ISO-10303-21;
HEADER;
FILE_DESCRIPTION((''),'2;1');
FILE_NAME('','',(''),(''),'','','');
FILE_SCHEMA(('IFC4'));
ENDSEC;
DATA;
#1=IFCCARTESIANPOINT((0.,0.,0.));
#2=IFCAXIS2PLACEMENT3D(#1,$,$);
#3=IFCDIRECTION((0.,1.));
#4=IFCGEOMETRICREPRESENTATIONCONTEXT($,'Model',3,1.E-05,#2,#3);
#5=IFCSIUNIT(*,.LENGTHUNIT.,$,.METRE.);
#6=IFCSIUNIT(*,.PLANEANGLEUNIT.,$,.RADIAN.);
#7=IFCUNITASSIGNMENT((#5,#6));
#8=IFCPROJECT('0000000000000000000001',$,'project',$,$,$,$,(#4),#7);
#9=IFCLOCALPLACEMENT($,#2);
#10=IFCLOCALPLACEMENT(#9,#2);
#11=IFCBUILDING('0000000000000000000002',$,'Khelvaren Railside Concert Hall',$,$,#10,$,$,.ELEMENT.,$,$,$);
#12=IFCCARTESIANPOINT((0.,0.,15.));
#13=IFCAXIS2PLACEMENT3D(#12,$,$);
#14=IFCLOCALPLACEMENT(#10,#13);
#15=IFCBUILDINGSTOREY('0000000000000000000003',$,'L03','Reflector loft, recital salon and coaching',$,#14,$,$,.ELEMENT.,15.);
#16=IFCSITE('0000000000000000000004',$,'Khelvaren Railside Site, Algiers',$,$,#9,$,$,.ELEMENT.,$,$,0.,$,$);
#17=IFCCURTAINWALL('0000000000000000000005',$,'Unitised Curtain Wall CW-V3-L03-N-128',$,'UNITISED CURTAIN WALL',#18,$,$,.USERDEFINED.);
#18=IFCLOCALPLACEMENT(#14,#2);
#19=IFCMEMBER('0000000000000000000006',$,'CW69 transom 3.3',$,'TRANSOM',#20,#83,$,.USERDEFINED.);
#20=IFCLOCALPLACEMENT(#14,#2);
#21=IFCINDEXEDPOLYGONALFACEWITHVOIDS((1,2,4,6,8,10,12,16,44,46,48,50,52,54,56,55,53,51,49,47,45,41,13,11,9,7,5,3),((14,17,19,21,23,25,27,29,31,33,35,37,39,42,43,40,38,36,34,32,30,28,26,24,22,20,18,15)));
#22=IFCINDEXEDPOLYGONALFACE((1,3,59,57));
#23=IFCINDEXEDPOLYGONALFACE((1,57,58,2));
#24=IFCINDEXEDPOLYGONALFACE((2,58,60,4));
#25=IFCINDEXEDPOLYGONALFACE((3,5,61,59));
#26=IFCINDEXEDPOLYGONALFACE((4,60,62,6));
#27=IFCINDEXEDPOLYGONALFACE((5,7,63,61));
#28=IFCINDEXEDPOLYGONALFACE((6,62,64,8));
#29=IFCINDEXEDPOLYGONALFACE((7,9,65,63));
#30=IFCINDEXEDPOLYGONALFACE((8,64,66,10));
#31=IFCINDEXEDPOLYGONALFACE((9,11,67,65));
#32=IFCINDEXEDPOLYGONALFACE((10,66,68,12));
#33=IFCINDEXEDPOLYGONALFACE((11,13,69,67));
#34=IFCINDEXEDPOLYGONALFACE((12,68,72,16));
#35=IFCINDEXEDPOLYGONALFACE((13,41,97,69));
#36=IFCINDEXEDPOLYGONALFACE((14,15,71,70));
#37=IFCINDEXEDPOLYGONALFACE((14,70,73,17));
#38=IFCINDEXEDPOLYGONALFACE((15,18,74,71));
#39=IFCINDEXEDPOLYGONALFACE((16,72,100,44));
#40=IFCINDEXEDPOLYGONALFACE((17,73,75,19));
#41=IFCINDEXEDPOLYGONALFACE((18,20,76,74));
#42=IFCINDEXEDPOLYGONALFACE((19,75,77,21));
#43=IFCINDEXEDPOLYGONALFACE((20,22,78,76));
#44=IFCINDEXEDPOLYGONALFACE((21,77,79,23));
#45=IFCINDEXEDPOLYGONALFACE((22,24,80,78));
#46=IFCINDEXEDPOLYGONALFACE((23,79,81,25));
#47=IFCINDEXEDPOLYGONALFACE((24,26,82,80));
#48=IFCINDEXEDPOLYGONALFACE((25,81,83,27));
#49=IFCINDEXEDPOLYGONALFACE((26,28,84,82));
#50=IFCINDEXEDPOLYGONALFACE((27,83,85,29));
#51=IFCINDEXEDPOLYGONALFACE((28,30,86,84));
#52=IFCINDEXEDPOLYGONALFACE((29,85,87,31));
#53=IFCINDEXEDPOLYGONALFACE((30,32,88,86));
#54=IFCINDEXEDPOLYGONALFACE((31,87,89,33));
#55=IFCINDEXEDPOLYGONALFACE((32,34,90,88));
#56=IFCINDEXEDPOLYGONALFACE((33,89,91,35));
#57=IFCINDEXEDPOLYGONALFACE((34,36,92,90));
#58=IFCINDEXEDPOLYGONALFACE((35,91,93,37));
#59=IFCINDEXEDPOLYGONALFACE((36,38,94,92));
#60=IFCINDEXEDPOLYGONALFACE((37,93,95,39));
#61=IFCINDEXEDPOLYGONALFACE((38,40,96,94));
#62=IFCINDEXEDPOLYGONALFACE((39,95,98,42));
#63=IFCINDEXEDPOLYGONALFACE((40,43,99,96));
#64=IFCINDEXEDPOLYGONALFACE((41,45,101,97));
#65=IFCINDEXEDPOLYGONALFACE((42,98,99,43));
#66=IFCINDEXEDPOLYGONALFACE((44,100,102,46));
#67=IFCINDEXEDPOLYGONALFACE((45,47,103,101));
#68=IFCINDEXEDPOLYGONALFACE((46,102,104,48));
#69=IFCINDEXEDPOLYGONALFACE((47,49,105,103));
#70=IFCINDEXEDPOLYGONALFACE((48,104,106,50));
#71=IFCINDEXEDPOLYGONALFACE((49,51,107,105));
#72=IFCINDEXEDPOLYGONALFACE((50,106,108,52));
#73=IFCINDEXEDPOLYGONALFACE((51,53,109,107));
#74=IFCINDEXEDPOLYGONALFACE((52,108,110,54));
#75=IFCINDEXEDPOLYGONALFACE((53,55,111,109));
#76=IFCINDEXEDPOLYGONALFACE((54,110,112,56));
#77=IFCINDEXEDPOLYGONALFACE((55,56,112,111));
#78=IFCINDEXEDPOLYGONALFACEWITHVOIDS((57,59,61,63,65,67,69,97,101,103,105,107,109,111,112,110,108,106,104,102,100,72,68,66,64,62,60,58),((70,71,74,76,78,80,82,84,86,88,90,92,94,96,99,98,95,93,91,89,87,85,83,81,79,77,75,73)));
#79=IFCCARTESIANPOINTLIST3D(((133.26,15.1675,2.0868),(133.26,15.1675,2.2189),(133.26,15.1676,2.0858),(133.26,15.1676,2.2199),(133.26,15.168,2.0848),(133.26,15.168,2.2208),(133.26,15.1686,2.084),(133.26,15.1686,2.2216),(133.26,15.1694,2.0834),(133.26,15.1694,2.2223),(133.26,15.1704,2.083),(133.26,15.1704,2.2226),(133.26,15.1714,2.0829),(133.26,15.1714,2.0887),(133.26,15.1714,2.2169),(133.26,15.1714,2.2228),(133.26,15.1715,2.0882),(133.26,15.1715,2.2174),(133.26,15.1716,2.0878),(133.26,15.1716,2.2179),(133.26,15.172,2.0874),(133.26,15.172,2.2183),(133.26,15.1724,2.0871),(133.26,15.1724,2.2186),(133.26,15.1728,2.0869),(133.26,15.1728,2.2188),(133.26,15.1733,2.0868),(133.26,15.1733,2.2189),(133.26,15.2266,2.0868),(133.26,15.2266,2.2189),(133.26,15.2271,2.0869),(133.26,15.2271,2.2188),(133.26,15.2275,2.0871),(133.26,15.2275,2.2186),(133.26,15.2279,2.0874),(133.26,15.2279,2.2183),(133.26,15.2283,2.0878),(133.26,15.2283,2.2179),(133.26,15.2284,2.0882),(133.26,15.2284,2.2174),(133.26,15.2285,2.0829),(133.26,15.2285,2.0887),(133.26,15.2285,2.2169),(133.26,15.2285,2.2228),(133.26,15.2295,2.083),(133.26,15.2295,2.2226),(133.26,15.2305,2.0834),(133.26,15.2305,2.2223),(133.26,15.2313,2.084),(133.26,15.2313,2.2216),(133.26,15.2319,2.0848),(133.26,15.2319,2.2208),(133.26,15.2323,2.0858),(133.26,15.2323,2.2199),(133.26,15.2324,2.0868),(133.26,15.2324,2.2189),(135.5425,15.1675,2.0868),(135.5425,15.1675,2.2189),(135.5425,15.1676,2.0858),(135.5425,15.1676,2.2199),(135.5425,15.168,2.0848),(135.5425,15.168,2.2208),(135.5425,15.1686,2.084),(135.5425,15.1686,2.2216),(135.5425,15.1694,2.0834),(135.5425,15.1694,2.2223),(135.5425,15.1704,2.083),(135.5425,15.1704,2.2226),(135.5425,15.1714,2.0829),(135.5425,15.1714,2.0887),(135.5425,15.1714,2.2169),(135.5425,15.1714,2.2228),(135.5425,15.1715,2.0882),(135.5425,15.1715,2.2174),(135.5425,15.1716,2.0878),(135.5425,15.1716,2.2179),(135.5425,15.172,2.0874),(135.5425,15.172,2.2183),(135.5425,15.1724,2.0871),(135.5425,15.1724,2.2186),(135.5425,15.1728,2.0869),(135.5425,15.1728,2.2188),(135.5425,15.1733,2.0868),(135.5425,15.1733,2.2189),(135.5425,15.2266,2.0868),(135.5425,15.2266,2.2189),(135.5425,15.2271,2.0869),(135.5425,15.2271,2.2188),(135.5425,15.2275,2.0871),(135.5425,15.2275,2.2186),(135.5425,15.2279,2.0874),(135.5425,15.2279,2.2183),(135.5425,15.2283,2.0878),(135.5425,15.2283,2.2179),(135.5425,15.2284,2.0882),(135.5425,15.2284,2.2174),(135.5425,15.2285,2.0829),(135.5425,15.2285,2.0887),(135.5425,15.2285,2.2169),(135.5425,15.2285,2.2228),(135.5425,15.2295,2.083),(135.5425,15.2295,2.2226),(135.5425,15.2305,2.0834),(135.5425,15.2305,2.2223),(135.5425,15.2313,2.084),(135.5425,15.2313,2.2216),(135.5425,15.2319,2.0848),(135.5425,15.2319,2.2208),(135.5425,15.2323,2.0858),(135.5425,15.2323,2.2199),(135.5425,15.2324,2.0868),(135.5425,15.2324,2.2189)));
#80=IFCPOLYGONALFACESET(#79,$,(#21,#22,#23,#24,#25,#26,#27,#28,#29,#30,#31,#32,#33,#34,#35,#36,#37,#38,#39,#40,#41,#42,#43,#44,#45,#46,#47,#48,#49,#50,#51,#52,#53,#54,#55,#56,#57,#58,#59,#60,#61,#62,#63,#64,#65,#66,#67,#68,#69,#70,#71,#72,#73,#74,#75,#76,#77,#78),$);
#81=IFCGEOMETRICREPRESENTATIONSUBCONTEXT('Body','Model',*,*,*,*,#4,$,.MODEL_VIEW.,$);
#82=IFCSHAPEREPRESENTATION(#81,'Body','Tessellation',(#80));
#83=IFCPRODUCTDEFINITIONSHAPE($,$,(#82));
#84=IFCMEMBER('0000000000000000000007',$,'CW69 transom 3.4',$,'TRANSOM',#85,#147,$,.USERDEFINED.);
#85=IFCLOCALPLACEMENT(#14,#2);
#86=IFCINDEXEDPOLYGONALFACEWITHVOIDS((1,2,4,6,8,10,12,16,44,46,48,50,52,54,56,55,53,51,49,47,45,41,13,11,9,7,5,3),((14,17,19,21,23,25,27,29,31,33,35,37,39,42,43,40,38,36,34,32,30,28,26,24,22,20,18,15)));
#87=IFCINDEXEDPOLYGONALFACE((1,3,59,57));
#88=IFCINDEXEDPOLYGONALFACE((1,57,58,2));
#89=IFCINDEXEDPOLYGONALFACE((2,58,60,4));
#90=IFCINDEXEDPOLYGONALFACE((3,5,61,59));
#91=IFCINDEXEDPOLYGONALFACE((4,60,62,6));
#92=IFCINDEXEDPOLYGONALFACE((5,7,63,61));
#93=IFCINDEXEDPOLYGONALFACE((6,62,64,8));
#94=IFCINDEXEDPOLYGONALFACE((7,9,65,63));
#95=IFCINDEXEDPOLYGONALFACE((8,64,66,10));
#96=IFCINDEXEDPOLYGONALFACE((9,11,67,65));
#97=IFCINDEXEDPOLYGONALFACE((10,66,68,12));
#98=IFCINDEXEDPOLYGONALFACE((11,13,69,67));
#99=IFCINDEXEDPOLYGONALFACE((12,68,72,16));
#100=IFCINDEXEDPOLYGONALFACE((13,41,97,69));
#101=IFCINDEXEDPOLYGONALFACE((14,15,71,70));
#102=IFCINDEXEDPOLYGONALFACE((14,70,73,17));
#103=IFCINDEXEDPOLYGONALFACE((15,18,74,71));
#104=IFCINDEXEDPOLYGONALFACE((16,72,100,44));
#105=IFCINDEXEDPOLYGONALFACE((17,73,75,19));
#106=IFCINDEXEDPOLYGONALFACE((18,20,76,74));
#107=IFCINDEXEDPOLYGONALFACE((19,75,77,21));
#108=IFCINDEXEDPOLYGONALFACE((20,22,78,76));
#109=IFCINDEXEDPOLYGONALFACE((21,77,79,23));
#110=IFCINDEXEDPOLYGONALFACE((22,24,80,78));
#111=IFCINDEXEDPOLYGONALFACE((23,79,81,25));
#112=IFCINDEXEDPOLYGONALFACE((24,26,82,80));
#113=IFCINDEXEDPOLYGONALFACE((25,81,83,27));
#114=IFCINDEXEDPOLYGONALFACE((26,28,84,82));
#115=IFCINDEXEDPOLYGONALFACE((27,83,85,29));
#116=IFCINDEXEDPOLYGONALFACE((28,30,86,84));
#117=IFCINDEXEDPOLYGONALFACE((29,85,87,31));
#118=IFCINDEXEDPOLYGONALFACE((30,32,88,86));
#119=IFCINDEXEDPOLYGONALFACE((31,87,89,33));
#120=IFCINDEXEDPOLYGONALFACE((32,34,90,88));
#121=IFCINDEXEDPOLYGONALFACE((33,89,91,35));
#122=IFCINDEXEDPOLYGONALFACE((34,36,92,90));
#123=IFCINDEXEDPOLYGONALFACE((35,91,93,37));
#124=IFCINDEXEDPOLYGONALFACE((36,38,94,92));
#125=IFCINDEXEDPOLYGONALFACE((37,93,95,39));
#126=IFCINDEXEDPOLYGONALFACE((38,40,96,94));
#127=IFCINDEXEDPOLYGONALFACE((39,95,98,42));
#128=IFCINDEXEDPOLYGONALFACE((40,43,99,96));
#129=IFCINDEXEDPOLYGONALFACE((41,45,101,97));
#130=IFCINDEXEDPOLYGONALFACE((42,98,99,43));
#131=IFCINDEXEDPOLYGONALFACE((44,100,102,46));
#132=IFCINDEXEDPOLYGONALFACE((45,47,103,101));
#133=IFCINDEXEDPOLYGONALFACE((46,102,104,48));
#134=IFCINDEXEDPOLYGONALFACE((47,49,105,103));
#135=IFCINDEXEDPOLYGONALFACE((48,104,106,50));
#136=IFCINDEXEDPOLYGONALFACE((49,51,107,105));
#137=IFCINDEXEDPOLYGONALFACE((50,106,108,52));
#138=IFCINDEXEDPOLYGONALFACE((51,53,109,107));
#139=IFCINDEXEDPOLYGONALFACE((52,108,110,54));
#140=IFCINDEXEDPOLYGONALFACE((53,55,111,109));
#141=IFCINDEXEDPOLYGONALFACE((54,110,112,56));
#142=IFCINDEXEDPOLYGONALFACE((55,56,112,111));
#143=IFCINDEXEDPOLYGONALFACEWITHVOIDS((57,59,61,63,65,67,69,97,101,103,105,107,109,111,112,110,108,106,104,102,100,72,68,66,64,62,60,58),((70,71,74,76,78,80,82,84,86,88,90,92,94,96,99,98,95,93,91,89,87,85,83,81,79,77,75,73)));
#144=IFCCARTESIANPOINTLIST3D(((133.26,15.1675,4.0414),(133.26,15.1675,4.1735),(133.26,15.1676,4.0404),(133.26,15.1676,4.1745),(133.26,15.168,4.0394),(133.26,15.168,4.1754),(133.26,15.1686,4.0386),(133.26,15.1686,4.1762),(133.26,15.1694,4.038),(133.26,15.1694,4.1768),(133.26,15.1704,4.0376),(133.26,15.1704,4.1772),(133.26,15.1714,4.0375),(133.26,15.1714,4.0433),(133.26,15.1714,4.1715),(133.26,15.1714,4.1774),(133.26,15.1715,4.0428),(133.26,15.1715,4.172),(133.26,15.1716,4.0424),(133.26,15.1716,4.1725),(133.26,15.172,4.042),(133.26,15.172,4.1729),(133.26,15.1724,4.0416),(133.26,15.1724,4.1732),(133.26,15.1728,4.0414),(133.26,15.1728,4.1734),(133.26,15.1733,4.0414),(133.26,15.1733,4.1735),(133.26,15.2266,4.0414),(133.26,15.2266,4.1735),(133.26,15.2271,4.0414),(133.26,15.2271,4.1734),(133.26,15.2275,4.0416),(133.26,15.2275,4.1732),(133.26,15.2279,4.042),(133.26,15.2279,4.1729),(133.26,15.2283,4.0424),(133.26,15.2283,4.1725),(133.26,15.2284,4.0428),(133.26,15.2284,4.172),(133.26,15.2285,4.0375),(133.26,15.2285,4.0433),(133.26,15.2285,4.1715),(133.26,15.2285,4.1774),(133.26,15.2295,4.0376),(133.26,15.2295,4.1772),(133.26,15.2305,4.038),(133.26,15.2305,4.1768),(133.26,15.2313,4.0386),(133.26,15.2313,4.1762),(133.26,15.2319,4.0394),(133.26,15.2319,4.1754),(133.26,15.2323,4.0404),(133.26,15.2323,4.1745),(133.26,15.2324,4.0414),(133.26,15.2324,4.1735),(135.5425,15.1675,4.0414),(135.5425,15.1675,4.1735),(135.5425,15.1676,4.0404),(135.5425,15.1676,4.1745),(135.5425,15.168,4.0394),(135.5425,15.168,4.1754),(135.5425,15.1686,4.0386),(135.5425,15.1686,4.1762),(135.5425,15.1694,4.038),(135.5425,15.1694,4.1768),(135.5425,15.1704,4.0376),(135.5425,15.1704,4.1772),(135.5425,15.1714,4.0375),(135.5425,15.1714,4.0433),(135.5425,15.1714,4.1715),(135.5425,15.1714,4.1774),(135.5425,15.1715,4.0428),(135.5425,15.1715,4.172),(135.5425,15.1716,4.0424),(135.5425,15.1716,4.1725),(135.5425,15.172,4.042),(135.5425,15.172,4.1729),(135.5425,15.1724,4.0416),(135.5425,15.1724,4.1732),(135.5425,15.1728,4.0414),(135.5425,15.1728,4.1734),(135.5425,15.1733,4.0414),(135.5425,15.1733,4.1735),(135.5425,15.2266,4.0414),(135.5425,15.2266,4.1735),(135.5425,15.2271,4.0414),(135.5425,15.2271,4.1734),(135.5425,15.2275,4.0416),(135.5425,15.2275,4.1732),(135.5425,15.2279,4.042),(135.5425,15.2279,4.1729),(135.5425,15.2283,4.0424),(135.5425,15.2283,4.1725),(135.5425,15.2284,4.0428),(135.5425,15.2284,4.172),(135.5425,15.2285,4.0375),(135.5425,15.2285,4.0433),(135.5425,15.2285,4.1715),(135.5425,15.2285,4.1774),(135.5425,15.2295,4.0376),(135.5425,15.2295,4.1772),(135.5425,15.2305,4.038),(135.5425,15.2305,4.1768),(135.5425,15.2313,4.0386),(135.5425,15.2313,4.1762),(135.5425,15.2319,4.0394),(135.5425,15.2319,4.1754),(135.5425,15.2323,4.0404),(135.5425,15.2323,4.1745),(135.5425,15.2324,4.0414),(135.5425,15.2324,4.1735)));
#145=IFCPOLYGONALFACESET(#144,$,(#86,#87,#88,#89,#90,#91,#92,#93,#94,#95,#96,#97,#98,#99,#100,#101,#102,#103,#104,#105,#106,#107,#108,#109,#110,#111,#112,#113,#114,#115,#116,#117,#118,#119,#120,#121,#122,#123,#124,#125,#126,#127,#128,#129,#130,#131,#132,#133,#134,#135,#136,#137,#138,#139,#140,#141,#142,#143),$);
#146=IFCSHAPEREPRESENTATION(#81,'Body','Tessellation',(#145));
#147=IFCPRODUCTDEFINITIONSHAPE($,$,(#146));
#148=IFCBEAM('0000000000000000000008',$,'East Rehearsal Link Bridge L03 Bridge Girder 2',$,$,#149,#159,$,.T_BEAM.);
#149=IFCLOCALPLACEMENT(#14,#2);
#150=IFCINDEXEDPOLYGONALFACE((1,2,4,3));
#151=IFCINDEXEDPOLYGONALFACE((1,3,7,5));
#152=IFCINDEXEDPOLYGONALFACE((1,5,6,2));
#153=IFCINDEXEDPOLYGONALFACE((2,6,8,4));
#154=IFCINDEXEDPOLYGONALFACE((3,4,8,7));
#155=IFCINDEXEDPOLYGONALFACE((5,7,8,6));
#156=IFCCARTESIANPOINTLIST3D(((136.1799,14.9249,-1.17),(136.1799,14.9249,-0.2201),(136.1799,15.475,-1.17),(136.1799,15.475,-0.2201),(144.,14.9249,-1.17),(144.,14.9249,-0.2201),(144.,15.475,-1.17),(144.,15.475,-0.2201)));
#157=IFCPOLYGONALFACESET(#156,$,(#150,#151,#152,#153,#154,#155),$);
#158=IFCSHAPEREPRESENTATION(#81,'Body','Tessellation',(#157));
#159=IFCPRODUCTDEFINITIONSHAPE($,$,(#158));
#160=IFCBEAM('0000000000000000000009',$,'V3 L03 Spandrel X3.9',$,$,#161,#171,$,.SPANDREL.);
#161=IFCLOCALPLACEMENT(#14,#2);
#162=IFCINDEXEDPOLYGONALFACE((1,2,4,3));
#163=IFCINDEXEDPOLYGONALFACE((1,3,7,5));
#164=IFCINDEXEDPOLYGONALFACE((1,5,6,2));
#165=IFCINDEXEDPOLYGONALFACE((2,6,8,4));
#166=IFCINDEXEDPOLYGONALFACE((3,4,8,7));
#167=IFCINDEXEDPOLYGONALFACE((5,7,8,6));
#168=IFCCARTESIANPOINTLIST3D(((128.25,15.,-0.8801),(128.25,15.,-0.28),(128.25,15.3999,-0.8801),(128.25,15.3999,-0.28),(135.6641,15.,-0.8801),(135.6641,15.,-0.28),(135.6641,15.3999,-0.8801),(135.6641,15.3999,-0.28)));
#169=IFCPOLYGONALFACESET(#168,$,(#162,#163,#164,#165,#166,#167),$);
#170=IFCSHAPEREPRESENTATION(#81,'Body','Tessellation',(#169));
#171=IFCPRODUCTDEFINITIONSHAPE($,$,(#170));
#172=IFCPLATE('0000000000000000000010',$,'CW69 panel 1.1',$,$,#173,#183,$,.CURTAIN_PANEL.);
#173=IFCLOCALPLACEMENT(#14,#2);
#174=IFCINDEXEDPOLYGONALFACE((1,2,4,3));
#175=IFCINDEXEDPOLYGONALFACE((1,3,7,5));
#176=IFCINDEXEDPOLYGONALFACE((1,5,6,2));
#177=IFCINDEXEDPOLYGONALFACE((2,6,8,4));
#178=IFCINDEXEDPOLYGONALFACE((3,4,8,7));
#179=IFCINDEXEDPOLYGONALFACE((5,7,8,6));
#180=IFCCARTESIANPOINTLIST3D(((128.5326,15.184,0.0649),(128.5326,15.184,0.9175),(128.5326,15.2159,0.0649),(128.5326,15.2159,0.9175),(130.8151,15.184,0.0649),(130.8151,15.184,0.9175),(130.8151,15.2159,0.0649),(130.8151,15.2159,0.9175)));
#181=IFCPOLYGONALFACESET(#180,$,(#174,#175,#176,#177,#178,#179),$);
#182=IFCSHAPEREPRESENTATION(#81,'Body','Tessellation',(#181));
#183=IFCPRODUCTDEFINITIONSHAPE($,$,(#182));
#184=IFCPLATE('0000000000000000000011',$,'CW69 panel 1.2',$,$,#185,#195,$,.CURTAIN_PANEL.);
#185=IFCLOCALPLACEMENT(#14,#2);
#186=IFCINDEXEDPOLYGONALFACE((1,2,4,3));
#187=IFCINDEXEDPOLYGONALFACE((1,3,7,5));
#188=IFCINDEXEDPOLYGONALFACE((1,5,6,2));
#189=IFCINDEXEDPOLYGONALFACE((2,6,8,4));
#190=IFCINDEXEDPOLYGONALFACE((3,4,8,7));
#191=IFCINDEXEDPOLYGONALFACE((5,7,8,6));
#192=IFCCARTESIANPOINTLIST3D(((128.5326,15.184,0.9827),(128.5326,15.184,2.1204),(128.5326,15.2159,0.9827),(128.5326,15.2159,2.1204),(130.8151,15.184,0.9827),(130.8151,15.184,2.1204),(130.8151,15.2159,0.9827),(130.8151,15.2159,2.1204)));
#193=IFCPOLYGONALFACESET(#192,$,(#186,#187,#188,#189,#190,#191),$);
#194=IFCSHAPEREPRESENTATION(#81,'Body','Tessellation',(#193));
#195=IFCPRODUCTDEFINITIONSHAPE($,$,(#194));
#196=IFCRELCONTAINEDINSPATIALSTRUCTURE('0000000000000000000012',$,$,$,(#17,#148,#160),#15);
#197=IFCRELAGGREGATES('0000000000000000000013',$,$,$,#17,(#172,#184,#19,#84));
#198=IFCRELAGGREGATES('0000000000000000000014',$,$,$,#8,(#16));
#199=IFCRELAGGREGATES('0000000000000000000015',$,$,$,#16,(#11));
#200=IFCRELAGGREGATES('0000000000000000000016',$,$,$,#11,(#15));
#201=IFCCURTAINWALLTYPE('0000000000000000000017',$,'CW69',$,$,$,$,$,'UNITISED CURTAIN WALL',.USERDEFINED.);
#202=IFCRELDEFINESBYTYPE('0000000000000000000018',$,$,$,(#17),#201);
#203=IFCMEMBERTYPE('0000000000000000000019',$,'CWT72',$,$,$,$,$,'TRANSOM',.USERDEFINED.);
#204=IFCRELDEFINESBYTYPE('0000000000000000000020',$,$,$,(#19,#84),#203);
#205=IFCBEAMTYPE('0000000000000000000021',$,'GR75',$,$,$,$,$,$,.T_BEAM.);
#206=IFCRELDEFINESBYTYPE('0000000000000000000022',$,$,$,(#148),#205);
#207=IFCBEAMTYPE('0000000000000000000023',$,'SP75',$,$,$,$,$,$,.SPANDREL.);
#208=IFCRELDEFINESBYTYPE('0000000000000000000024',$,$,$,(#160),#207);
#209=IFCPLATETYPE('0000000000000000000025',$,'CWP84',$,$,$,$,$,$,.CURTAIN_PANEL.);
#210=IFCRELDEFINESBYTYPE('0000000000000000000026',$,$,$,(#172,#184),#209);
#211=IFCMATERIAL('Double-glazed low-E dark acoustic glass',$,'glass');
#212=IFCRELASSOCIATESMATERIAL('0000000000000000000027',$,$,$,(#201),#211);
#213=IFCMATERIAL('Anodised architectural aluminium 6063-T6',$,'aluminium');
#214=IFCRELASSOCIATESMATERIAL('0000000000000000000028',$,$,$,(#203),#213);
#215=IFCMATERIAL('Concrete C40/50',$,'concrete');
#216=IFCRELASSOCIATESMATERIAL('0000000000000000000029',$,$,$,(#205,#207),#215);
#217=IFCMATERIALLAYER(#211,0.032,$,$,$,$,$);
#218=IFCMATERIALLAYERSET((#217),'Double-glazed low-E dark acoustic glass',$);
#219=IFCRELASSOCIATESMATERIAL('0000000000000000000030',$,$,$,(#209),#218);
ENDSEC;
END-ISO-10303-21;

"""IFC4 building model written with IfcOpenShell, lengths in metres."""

from ifc_helpers import new_model, si_unit, direction, frame, origin, origin_2d, place, context, subcontext, project, spatial, rectangle, hollow_rectangle, extrude, material, layer, layer_set, material_profile, profile_set, type_object, element, aggregate, save


model = new_model("IFC4")

# Units and contexts
model_context = context("Model", 3, precision=1e-05, world=origin(), true_north=direction((0.0, 1.0)))
body_context = subcontext(model_context, "Body", "Model", "MODEL_VIEW")
ifc_project = project(units=[si_unit("LENGTHUNIT", "METRE"), si_unit("PLANEANGLEUNIT", "RADIAN")], contexts=[model_context])

# Site, building, storey
site_placement = place(None, origin())
site = spatial("IfcSite", under=ifc_project, at=site_placement, Name="Khelvaren Railside Site, Algiers", CompositionType="ELEMENT", RefElevation=0.0)
building_placement = place(site_placement, origin())
building = spatial("IfcBuilding", under=site, at=building_placement, Name="Khelvaren Railside Concert Hall", CompositionType="ELEMENT")
storey_placement = place(building_placement, frame((0.0, 0.0, 15.0)))
storey = spatial("IfcBuildingStorey", under=building, at=storey_placement, Name="L03", Description="Reflector loft, recital salon and coaching", CompositionType="ELEMENT", Elevation=15.0)

# Shared definitions
ifc_material_1 = material(Name="Concrete C40/50", Category="concrete")

# Shared definitions
ifc_material_2 = material(Name="Double-glazed low-E dark acoustic glass", Category="glass")
ifc_material_3 = material(Name="Anodised architectural aluminium 6063-T6", Category="aluminium")

# Curtain wall, members
curtain_wall_type_1 = type_object("IfcCurtainWallType", Name="CW69", ElementType="UNITISED CURTAIN WALL", PredefinedType="USERDEFINED", material=ifc_material_2)
curtain_wall_1_placement = place(storey_placement, origin())
curtain_wall_1 = element("IfcCurtainWall", 1, at=curtain_wall_1_placement, inside=storey, type_object=curtain_wall_type_1, Name="Unitised Curtain Wall CW-V3-L03-N-128", ObjectType="UNITISED CURTAIN WALL", PredefinedType="USERDEFINED")
ifc_material_profile_1 = material_profile(ifc_material_3, hollow_rectangle(XDim=0.0649, YDim=0.1399, WallThickness=0.0039, InnerFilletRadius=0.002, OuterFilletRadius=0.0039, at=origin_2d()), Name="CWT 65x140x4")
ifc_profile_set_1 = profile_set([ifc_material_profile_1], Name="Anodised architectural aluminium 6063-T6")
member_type_1 = type_object("IfcMemberType", Name="CWT72", ElementType="TRANSOM", PredefinedType="USERDEFINED", material=ifc_profile_set_1)
member_1_placement = place(storey_placement, frame((133.26, 15.2, 2.1528), z_axis=(1.0, 0.0, 0.0), x_axis=(0.0, 1.0, 0.0)))
member_1 = element("IfcMember", 2, at=member_1_placement, type_object=member_type_1, Name="CW69 transom 3.3", ObjectType="TRANSOM", PredefinedType="USERDEFINED", context=body_context, shape_type="SweptSolid", body=[
    extrude(hollow_rectangle(XDim=0.0649, YDim=0.1399, WallThickness=0.0039, InnerFilletRadius=0.002, OuterFilletRadius=0.0039, at=origin_2d()), origin(), (0.0, 0.0, 1.0), 2.2825),
])
member_2_placement = place(storey_placement, frame((133.26, 15.2, 4.1074), z_axis=(1.0, 0.0, 0.0), x_axis=(0.0, 1.0, 0.0)))
member_2 = element("IfcMember", 3, at=member_2_placement, type_object=member_type_1, Name="CW69 transom 3.4", ObjectType="TRANSOM", PredefinedType="USERDEFINED", context=body_context, shape_type="SweptSolid", body=[
    extrude(hollow_rectangle(XDim=0.0649, YDim=0.1399, WallThickness=0.0039, InnerFilletRadius=0.002, OuterFilletRadius=0.0039, at=origin_2d()), origin(), (0.0, 0.0, 1.0), 2.2825),
])

# Beams
ifc_material_profile_2 = material_profile(ifc_material_1, rectangle(XDim=0.55, YDim=0.95, at=origin_2d()), Name="RCB 550x950")
ifc_profile_set_2 = profile_set([ifc_material_profile_2], Name="Concrete C40/50")
beam_type_1 = type_object("IfcBeamType", Name="GR75", PredefinedType="T_BEAM", material=ifc_profile_set_2)
beam_1_placement = place(storey_placement, frame((136.1799, 15.2, -0.6951), z_axis=(1.0, 0.0, 0.0), x_axis=(0.0, 1.0, 0.0)))
element("IfcBeam", 4, at=beam_1_placement, inside=storey, type_object=beam_type_1, Name="East Rehearsal Link Bridge L03 Bridge Girder 2", PredefinedType="T_BEAM", context=body_context, shape_type="SweptSolid", body=[
    extrude(rectangle(XDim=0.55, YDim=0.95, at=origin_2d()), origin(), (0.0, 0.0, 1.0), 7.8201),
])
ifc_material_profile_3 = material_profile(ifc_material_1, rectangle(XDim=0.3999, YDim=0.6001, at=origin_2d()), Name="RCB 400x600")
ifc_profile_set_3 = profile_set([ifc_material_profile_3], Name="Concrete C40/50")
beam_type_2 = type_object("IfcBeamType", Name="SP75", PredefinedType="SPANDREL", material=ifc_profile_set_3)
beam_2_placement = place(storey_placement, frame((128.25, 15.2, -0.5801), z_axis=(1.0, 0.0, 0.0), x_axis=(0.0, 1.0, 0.0)))
element("IfcBeam", 5, at=beam_2_placement, inside=storey, type_object=beam_type_2, Name="V3 L03 Spandrel X3.9", PredefinedType="SPANDREL", context=body_context, shape_type="SweptSolid", body=[
    extrude(rectangle(XDim=0.3999, YDim=0.6001, at=origin_2d()), origin(), (0.0, 0.0, 1.0), 7.4141),
])

# Plates
ifc_layer = layer(ifc_material_2, 0.032)
ifc_layer_set = layer_set([ifc_layer], Name="Double-glazed low-E dark acoustic glass")
plate_type = type_object("IfcPlateType", Name="CWP84", PredefinedType="CURTAIN_PANEL", material=ifc_layer_set)
plate_1_placement = place(storey_placement, frame((129.6738, 15.2, 0.0649), z_axis=(0.0, 0.0, 1.0), x_axis=(1.0, 0.0, 0.0)))
plate_1 = element("IfcPlate", 6, at=plate_1_placement, type_object=plate_type, Name="CW69 panel 1.1", PredefinedType="CURTAIN_PANEL", context=body_context, shape_type="SweptSolid", body=[
    extrude(rectangle(XDim=2.2825, YDim=0.032, at=origin_2d()), origin(), (0.0, 0.0, 1.0), 0.8525),
])
plate_2_placement = place(storey_placement, frame((129.6738, 15.2, 0.9827), z_axis=(0.0, 0.0, 1.0), x_axis=(1.0, 0.0, 0.0)))
plate_2 = element("IfcPlate", 7, at=plate_2_placement, type_object=plate_type, Name="CW69 panel 1.2", PredefinedType="CURTAIN_PANEL", context=body_context, shape_type="SweptSolid", body=[
    extrude(rectangle(XDim=2.2825, YDim=0.032, at=origin_2d()), origin(), (0.0, 0.0, 1.0), 1.1377),
])
aggregate(curtain_wall_1, [plate_1, plate_2, member_1, member_2])

save(model, "model.ifc")
